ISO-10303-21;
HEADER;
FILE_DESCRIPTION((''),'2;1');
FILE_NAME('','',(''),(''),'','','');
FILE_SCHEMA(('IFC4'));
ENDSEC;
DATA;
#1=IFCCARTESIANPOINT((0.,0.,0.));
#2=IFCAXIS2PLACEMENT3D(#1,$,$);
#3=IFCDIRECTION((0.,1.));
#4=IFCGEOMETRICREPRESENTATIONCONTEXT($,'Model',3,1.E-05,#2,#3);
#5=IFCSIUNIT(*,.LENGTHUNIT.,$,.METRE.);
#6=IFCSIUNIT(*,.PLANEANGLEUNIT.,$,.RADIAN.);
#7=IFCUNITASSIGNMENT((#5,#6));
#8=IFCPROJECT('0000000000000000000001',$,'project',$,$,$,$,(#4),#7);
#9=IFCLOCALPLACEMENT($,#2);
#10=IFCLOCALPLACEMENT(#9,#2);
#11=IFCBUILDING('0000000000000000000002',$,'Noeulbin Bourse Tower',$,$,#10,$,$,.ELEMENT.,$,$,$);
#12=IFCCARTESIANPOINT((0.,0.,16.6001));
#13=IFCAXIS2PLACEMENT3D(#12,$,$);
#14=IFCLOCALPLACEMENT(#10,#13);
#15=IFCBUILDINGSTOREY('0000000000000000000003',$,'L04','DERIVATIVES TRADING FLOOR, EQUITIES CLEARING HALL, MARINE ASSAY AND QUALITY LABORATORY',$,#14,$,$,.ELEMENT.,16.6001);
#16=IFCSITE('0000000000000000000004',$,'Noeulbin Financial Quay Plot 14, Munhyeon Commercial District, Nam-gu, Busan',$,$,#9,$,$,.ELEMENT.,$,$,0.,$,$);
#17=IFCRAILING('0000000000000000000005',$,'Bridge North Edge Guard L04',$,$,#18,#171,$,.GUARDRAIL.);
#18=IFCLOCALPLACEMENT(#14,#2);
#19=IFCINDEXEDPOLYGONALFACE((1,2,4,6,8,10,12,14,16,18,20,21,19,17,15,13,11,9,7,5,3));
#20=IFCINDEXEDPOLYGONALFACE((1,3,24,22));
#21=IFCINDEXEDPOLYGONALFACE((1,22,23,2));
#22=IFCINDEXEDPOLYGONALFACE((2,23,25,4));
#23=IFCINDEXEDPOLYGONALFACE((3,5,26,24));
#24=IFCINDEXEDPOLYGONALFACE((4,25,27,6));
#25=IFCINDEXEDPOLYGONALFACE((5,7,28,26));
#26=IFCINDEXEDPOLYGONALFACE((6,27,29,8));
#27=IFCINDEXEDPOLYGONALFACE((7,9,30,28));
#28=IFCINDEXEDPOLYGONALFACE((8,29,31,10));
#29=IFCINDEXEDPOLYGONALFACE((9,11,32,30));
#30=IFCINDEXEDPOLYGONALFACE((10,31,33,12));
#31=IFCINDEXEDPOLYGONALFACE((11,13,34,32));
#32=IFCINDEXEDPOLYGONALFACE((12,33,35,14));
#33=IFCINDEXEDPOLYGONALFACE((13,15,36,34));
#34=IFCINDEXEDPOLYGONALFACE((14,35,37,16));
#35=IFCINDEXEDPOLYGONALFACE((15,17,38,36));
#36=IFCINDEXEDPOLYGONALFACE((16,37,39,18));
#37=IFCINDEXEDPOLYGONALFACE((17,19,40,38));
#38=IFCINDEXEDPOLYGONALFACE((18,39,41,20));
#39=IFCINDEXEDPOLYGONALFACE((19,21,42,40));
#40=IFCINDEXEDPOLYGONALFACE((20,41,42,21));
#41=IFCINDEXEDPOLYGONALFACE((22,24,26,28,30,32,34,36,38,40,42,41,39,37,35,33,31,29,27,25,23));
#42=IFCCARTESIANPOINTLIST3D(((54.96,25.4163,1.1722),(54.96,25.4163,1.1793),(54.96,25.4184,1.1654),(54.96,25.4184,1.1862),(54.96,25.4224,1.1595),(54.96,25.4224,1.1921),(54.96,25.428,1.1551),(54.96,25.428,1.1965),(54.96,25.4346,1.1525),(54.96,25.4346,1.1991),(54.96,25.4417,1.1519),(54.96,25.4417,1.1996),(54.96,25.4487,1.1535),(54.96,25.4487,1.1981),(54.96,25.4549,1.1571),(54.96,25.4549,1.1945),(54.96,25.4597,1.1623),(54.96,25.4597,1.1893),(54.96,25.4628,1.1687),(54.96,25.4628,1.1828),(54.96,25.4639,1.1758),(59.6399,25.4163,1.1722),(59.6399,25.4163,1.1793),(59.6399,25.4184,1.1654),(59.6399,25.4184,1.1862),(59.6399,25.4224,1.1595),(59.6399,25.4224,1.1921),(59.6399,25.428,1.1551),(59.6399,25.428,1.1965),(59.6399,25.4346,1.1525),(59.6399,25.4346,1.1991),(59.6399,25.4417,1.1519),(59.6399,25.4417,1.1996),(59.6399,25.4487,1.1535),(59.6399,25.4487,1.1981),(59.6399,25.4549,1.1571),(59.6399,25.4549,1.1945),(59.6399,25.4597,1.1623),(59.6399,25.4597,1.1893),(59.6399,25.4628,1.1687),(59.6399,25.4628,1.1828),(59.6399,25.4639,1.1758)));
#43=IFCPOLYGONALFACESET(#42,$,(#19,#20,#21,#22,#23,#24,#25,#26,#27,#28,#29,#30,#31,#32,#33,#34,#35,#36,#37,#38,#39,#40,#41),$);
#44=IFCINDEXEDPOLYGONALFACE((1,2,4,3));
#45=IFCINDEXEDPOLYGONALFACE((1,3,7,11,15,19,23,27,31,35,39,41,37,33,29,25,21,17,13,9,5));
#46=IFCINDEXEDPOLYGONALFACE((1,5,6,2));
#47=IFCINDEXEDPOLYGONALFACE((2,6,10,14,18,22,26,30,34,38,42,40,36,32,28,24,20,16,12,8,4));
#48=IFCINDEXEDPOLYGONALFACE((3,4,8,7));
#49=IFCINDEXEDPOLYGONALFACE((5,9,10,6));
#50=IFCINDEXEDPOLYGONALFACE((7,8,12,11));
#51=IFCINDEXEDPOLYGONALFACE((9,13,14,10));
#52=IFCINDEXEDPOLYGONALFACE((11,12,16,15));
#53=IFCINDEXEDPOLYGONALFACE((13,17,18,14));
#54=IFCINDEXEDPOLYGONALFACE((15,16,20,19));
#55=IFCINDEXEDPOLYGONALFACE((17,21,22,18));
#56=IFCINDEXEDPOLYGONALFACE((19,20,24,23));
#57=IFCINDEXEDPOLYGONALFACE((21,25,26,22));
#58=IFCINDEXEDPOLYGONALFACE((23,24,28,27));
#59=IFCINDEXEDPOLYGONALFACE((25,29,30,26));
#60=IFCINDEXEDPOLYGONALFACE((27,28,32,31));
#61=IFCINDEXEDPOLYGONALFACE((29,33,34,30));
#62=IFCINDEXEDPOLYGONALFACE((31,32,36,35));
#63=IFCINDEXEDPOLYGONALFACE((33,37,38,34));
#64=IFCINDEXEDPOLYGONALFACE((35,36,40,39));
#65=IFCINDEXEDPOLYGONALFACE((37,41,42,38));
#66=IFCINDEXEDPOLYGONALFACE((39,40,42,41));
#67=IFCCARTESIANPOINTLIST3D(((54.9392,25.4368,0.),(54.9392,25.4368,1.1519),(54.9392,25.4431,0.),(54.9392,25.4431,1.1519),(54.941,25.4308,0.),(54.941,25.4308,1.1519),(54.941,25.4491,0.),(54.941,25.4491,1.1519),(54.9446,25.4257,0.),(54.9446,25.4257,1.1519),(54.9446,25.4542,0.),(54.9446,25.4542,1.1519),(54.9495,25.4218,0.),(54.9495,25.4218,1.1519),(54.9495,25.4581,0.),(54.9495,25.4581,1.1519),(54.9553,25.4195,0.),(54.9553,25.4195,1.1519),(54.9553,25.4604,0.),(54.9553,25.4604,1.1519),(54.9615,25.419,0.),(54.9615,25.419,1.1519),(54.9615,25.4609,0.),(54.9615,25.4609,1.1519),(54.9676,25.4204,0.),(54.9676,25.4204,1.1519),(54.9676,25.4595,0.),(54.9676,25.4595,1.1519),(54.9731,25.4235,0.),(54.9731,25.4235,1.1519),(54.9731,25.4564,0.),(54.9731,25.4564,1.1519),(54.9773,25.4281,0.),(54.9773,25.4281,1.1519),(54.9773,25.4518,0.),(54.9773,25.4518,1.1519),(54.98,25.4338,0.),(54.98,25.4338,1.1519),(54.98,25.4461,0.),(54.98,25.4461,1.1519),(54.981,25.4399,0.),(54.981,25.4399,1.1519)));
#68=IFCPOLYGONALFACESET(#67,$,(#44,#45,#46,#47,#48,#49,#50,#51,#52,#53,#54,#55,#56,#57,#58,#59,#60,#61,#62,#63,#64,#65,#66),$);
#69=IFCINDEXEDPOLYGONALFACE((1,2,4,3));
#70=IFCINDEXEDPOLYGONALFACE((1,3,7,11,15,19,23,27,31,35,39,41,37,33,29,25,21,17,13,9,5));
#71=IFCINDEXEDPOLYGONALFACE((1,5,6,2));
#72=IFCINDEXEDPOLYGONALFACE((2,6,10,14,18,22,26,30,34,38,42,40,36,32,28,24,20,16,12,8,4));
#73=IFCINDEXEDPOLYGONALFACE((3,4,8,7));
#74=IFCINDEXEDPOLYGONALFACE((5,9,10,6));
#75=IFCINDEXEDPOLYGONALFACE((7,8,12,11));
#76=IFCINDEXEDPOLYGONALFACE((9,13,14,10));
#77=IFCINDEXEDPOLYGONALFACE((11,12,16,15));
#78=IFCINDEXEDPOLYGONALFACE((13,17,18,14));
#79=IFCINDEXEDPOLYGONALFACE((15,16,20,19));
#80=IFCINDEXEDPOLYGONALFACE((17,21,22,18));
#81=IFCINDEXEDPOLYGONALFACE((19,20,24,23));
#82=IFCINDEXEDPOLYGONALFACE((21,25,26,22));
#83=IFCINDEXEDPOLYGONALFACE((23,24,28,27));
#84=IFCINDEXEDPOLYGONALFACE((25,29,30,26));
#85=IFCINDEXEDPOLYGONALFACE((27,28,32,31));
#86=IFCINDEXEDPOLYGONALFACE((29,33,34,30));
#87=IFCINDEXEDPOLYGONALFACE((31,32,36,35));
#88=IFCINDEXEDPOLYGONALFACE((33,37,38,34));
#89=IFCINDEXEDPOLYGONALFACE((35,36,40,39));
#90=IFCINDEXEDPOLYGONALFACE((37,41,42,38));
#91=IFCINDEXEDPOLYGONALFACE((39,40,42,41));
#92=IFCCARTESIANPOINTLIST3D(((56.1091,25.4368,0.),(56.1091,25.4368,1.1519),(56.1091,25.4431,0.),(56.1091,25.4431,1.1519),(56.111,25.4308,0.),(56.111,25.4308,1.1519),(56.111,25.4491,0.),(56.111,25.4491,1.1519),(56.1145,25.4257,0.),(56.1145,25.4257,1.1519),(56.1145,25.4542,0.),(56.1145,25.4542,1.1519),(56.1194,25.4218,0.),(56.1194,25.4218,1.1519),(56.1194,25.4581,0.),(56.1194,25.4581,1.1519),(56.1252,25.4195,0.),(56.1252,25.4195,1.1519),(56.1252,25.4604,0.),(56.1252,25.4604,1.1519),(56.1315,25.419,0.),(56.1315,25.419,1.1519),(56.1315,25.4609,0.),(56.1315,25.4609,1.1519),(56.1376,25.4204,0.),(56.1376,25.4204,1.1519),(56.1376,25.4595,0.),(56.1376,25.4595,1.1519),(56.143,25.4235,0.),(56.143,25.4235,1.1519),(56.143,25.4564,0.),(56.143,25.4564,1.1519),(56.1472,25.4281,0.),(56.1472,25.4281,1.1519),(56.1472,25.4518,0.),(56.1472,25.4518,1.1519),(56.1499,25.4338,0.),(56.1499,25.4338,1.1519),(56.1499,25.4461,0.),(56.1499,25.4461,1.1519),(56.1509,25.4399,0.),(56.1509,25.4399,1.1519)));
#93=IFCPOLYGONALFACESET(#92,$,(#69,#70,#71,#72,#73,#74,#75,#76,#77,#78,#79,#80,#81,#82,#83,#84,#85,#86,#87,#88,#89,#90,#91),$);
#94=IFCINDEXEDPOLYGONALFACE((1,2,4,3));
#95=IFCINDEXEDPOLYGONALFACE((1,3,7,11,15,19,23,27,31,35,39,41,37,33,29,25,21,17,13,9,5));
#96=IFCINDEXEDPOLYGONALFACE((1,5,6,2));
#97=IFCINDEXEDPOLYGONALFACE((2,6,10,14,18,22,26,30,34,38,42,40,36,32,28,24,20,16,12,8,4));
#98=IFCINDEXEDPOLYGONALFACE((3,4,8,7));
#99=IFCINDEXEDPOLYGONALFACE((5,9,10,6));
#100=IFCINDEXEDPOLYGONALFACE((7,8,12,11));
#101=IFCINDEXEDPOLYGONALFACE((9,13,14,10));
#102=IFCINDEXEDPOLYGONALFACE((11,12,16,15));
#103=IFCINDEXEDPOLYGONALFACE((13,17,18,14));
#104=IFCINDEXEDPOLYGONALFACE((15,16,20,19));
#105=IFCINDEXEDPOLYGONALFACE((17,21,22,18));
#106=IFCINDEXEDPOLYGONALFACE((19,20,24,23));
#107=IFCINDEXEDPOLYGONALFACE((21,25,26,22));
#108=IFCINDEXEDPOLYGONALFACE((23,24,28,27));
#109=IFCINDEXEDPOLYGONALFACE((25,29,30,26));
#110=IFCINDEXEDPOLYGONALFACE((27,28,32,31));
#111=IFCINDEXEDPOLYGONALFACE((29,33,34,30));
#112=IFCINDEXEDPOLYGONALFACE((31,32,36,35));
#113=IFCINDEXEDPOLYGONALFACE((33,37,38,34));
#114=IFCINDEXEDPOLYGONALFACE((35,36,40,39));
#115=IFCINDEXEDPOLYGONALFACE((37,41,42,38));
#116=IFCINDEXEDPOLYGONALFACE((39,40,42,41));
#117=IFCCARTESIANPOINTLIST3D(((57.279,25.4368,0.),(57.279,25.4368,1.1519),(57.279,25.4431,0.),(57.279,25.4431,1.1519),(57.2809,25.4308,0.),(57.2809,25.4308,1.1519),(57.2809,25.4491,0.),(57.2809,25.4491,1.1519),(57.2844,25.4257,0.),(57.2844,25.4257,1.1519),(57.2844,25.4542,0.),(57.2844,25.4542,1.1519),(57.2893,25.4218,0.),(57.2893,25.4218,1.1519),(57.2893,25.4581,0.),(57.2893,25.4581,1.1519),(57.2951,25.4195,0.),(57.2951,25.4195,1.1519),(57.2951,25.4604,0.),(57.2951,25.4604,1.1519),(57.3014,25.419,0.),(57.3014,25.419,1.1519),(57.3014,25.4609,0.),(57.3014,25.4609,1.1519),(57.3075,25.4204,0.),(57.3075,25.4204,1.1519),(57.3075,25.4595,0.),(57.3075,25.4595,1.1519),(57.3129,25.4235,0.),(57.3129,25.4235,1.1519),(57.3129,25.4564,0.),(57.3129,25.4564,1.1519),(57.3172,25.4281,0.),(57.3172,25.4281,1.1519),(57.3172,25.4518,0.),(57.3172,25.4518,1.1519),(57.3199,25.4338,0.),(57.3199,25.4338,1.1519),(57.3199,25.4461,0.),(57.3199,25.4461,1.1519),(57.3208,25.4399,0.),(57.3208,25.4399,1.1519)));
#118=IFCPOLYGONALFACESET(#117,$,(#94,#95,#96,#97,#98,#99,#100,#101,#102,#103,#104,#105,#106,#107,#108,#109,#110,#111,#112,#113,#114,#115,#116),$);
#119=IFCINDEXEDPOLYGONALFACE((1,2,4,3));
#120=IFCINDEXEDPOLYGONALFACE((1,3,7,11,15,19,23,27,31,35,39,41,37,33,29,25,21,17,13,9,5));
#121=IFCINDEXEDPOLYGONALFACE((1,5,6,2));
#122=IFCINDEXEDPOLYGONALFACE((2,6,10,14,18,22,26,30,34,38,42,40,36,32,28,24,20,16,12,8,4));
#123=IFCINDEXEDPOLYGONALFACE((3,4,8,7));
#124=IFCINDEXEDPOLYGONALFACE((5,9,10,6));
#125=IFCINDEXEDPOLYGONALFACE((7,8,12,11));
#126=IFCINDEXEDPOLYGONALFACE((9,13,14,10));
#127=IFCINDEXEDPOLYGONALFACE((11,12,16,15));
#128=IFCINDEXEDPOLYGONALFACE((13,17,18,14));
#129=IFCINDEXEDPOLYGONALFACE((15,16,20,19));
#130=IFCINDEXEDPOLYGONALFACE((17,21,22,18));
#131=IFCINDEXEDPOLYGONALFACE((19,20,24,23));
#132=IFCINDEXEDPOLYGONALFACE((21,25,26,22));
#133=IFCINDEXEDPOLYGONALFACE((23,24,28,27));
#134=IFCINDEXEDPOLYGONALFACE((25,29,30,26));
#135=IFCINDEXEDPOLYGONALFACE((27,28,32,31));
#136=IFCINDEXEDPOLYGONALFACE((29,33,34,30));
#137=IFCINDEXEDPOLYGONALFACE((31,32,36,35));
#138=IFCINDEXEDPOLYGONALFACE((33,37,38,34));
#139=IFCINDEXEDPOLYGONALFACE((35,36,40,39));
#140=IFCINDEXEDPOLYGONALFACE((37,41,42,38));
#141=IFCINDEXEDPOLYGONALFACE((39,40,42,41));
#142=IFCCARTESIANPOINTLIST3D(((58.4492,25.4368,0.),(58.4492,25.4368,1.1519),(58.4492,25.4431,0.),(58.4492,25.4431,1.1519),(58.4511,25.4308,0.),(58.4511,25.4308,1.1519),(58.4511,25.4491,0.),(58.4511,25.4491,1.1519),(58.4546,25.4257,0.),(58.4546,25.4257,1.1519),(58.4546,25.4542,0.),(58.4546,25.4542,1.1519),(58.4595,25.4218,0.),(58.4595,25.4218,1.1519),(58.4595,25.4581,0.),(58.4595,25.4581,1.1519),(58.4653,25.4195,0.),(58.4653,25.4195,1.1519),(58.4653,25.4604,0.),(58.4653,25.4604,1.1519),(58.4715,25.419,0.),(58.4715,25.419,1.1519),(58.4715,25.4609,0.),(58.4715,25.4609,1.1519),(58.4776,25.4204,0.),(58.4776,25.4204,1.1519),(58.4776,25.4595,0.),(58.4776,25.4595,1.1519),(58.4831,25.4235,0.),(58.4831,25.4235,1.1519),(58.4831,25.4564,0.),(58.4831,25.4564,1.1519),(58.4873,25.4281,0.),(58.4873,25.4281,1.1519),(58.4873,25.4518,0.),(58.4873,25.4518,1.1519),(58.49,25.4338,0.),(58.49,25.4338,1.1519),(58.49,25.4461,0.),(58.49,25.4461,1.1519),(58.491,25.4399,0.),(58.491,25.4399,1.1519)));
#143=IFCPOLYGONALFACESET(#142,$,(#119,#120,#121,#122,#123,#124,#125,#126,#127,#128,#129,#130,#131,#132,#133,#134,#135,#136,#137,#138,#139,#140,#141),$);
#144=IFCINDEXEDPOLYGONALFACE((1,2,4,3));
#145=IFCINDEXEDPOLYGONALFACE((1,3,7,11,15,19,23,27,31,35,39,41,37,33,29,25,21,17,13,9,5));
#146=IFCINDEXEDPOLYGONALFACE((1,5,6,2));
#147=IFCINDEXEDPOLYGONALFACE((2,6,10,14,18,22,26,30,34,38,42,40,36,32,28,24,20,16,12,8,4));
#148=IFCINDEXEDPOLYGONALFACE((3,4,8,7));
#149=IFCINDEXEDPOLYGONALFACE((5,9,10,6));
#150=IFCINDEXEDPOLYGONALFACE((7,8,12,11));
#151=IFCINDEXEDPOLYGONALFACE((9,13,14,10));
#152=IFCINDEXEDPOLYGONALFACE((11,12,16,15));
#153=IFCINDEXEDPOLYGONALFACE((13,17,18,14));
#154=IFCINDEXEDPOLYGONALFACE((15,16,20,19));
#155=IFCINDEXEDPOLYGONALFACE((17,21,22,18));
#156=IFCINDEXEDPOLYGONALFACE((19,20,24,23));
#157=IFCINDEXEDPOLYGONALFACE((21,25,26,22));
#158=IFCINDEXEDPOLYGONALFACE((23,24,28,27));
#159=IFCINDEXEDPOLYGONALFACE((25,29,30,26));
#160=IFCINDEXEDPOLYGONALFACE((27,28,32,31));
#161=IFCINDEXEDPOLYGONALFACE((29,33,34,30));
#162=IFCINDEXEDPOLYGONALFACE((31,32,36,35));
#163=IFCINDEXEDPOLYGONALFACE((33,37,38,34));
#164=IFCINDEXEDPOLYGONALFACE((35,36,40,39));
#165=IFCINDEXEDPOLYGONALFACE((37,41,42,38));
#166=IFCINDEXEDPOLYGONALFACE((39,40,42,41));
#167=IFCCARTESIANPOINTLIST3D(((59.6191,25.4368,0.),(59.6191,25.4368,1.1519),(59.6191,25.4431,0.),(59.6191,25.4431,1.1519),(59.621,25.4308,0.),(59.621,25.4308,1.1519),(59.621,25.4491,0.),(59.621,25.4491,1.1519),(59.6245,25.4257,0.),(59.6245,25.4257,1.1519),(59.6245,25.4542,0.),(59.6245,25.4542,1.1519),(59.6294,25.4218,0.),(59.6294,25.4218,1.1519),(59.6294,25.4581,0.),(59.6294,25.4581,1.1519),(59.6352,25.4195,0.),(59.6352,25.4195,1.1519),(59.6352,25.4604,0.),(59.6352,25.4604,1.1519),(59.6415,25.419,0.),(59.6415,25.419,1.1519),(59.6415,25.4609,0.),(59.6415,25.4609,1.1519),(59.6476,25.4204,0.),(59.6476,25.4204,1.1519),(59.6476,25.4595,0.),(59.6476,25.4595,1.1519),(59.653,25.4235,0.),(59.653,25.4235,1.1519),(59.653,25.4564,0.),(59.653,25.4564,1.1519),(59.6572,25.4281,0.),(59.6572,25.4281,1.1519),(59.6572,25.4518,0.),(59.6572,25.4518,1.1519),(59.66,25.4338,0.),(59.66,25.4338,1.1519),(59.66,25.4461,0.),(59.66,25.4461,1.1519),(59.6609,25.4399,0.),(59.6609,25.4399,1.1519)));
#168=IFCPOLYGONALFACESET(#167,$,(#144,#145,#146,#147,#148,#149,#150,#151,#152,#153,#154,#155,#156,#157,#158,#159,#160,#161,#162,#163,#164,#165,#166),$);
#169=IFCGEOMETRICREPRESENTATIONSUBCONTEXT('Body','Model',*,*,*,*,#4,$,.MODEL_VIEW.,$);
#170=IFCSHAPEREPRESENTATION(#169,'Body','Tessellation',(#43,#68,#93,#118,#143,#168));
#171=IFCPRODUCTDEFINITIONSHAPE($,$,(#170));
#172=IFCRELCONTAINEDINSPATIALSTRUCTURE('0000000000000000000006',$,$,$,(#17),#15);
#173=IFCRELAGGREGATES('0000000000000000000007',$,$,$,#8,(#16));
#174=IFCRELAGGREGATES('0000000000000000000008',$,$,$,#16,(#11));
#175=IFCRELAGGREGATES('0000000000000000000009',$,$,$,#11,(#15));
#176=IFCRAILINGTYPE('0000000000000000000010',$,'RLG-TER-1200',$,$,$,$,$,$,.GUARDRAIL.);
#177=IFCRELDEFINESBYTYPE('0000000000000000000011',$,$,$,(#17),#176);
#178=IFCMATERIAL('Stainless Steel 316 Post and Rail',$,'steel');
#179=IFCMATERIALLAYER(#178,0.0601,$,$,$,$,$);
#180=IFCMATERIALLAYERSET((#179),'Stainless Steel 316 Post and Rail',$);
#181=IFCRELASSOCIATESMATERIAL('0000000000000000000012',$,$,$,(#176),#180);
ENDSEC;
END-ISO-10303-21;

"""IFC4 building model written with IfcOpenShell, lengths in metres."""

from ifc_helpers import new_model, si_unit, direction, frame, origin, origin_2d, place, context, subcontext, project, spatial, circle, extrude, material, layer, layer_set, type_object, element, save


model = new_model("IFC4")

# Units and contexts
model_context = context("Model", 3, precision=1e-05, world=origin(), true_north=direction((0.0, 1.0)))
body_context = subcontext(model_context, "Body", "Model", "MODEL_VIEW")
ifc_project = project(units=[si_unit("LENGTHUNIT", "METRE"), si_unit("PLANEANGLEUNIT", "RADIAN")], contexts=[model_context])

# Site, building, storey
site_placement = place(None, origin())
site = spatial("IfcSite", under=ifc_project, at=site_placement, Name="Noeulbin Financial Quay Plot 14, Munhyeon Commercial District, Nam-gu, Busan", CompositionType="ELEMENT", RefElevation=0.0)
building_placement = place(site_placement, origin())
building = spatial("IfcBuilding", under=site, at=building_placement, Name="Noeulbin Bourse Tower", CompositionType="ELEMENT")
storey_placement = place(building_placement, frame((0.0, 0.0, 16.6001)))
storey = spatial("IfcBuildingStorey", under=building, at=storey_placement, Name="L04", Description="DERIVATIVES TRADING FLOOR, EQUITIES CLEARING HALL, MARINE ASSAY AND QUALITY LABORATORY", CompositionType="ELEMENT", Elevation=16.6001)

# Railing
ifc_material_1 = material(Name="Stainless Steel 316 Post and Rail", Category="steel")
ifc_layer_1 = layer(ifc_material_1, 0.0601)
ifc_layer_set_1 = layer_set([ifc_layer_1], Name="Stainless Steel 316 Post and Rail")
railing_type = type_object("IfcRailingType", Name="RLG-TER-1200", PredefinedType="GUARDRAIL", material=ifc_layer_set_1)
railing_1_placement = place(storey_placement, frame((54.96, 25.4399, 0.0)))
element("IfcRailing", 1, at=railing_1_placement, inside=storey, type_object=railing_type, Name="Bridge North Edge Guard L04", PredefinedType="GUARDRAIL", context=body_context, shape_type="SweptSolid", body=[
    extrude(circle(Radius=0.0239, at=origin_2d()), frame((0.0, 0.0, 1.1758), z_axis=(1.0, 0.0, 0.0), x_axis=(0.0, 1.0, 0.0)), (0.0, 0.0, 1.0), 4.6799),
    extrude(circle(Radius=0.021, at=origin_2d()), origin(), (0.0, 0.0, 1.0), 1.1519),
    extrude(circle(Radius=0.021, at=origin_2d()), frame((1.1699, 0.0, 0.0)), (0.0, 0.0, 1.0), 1.1519),
    extrude(circle(Radius=0.021, at=origin_2d()), frame((2.3398, 0.0, 0.0)), (0.0, 0.0, 1.0), 1.1519),
    extrude(circle(Radius=0.021, at=origin_2d()), frame((3.51, 0.0, 0.0)), (0.0, 0.0, 1.0), 1.1519),
    extrude(circle(Radius=0.021, at=origin_2d()), frame((4.6799, 0.0, 0.0)), (0.0, 0.0, 1.0), 1.1519),
])

save(model, "model.ifc")
